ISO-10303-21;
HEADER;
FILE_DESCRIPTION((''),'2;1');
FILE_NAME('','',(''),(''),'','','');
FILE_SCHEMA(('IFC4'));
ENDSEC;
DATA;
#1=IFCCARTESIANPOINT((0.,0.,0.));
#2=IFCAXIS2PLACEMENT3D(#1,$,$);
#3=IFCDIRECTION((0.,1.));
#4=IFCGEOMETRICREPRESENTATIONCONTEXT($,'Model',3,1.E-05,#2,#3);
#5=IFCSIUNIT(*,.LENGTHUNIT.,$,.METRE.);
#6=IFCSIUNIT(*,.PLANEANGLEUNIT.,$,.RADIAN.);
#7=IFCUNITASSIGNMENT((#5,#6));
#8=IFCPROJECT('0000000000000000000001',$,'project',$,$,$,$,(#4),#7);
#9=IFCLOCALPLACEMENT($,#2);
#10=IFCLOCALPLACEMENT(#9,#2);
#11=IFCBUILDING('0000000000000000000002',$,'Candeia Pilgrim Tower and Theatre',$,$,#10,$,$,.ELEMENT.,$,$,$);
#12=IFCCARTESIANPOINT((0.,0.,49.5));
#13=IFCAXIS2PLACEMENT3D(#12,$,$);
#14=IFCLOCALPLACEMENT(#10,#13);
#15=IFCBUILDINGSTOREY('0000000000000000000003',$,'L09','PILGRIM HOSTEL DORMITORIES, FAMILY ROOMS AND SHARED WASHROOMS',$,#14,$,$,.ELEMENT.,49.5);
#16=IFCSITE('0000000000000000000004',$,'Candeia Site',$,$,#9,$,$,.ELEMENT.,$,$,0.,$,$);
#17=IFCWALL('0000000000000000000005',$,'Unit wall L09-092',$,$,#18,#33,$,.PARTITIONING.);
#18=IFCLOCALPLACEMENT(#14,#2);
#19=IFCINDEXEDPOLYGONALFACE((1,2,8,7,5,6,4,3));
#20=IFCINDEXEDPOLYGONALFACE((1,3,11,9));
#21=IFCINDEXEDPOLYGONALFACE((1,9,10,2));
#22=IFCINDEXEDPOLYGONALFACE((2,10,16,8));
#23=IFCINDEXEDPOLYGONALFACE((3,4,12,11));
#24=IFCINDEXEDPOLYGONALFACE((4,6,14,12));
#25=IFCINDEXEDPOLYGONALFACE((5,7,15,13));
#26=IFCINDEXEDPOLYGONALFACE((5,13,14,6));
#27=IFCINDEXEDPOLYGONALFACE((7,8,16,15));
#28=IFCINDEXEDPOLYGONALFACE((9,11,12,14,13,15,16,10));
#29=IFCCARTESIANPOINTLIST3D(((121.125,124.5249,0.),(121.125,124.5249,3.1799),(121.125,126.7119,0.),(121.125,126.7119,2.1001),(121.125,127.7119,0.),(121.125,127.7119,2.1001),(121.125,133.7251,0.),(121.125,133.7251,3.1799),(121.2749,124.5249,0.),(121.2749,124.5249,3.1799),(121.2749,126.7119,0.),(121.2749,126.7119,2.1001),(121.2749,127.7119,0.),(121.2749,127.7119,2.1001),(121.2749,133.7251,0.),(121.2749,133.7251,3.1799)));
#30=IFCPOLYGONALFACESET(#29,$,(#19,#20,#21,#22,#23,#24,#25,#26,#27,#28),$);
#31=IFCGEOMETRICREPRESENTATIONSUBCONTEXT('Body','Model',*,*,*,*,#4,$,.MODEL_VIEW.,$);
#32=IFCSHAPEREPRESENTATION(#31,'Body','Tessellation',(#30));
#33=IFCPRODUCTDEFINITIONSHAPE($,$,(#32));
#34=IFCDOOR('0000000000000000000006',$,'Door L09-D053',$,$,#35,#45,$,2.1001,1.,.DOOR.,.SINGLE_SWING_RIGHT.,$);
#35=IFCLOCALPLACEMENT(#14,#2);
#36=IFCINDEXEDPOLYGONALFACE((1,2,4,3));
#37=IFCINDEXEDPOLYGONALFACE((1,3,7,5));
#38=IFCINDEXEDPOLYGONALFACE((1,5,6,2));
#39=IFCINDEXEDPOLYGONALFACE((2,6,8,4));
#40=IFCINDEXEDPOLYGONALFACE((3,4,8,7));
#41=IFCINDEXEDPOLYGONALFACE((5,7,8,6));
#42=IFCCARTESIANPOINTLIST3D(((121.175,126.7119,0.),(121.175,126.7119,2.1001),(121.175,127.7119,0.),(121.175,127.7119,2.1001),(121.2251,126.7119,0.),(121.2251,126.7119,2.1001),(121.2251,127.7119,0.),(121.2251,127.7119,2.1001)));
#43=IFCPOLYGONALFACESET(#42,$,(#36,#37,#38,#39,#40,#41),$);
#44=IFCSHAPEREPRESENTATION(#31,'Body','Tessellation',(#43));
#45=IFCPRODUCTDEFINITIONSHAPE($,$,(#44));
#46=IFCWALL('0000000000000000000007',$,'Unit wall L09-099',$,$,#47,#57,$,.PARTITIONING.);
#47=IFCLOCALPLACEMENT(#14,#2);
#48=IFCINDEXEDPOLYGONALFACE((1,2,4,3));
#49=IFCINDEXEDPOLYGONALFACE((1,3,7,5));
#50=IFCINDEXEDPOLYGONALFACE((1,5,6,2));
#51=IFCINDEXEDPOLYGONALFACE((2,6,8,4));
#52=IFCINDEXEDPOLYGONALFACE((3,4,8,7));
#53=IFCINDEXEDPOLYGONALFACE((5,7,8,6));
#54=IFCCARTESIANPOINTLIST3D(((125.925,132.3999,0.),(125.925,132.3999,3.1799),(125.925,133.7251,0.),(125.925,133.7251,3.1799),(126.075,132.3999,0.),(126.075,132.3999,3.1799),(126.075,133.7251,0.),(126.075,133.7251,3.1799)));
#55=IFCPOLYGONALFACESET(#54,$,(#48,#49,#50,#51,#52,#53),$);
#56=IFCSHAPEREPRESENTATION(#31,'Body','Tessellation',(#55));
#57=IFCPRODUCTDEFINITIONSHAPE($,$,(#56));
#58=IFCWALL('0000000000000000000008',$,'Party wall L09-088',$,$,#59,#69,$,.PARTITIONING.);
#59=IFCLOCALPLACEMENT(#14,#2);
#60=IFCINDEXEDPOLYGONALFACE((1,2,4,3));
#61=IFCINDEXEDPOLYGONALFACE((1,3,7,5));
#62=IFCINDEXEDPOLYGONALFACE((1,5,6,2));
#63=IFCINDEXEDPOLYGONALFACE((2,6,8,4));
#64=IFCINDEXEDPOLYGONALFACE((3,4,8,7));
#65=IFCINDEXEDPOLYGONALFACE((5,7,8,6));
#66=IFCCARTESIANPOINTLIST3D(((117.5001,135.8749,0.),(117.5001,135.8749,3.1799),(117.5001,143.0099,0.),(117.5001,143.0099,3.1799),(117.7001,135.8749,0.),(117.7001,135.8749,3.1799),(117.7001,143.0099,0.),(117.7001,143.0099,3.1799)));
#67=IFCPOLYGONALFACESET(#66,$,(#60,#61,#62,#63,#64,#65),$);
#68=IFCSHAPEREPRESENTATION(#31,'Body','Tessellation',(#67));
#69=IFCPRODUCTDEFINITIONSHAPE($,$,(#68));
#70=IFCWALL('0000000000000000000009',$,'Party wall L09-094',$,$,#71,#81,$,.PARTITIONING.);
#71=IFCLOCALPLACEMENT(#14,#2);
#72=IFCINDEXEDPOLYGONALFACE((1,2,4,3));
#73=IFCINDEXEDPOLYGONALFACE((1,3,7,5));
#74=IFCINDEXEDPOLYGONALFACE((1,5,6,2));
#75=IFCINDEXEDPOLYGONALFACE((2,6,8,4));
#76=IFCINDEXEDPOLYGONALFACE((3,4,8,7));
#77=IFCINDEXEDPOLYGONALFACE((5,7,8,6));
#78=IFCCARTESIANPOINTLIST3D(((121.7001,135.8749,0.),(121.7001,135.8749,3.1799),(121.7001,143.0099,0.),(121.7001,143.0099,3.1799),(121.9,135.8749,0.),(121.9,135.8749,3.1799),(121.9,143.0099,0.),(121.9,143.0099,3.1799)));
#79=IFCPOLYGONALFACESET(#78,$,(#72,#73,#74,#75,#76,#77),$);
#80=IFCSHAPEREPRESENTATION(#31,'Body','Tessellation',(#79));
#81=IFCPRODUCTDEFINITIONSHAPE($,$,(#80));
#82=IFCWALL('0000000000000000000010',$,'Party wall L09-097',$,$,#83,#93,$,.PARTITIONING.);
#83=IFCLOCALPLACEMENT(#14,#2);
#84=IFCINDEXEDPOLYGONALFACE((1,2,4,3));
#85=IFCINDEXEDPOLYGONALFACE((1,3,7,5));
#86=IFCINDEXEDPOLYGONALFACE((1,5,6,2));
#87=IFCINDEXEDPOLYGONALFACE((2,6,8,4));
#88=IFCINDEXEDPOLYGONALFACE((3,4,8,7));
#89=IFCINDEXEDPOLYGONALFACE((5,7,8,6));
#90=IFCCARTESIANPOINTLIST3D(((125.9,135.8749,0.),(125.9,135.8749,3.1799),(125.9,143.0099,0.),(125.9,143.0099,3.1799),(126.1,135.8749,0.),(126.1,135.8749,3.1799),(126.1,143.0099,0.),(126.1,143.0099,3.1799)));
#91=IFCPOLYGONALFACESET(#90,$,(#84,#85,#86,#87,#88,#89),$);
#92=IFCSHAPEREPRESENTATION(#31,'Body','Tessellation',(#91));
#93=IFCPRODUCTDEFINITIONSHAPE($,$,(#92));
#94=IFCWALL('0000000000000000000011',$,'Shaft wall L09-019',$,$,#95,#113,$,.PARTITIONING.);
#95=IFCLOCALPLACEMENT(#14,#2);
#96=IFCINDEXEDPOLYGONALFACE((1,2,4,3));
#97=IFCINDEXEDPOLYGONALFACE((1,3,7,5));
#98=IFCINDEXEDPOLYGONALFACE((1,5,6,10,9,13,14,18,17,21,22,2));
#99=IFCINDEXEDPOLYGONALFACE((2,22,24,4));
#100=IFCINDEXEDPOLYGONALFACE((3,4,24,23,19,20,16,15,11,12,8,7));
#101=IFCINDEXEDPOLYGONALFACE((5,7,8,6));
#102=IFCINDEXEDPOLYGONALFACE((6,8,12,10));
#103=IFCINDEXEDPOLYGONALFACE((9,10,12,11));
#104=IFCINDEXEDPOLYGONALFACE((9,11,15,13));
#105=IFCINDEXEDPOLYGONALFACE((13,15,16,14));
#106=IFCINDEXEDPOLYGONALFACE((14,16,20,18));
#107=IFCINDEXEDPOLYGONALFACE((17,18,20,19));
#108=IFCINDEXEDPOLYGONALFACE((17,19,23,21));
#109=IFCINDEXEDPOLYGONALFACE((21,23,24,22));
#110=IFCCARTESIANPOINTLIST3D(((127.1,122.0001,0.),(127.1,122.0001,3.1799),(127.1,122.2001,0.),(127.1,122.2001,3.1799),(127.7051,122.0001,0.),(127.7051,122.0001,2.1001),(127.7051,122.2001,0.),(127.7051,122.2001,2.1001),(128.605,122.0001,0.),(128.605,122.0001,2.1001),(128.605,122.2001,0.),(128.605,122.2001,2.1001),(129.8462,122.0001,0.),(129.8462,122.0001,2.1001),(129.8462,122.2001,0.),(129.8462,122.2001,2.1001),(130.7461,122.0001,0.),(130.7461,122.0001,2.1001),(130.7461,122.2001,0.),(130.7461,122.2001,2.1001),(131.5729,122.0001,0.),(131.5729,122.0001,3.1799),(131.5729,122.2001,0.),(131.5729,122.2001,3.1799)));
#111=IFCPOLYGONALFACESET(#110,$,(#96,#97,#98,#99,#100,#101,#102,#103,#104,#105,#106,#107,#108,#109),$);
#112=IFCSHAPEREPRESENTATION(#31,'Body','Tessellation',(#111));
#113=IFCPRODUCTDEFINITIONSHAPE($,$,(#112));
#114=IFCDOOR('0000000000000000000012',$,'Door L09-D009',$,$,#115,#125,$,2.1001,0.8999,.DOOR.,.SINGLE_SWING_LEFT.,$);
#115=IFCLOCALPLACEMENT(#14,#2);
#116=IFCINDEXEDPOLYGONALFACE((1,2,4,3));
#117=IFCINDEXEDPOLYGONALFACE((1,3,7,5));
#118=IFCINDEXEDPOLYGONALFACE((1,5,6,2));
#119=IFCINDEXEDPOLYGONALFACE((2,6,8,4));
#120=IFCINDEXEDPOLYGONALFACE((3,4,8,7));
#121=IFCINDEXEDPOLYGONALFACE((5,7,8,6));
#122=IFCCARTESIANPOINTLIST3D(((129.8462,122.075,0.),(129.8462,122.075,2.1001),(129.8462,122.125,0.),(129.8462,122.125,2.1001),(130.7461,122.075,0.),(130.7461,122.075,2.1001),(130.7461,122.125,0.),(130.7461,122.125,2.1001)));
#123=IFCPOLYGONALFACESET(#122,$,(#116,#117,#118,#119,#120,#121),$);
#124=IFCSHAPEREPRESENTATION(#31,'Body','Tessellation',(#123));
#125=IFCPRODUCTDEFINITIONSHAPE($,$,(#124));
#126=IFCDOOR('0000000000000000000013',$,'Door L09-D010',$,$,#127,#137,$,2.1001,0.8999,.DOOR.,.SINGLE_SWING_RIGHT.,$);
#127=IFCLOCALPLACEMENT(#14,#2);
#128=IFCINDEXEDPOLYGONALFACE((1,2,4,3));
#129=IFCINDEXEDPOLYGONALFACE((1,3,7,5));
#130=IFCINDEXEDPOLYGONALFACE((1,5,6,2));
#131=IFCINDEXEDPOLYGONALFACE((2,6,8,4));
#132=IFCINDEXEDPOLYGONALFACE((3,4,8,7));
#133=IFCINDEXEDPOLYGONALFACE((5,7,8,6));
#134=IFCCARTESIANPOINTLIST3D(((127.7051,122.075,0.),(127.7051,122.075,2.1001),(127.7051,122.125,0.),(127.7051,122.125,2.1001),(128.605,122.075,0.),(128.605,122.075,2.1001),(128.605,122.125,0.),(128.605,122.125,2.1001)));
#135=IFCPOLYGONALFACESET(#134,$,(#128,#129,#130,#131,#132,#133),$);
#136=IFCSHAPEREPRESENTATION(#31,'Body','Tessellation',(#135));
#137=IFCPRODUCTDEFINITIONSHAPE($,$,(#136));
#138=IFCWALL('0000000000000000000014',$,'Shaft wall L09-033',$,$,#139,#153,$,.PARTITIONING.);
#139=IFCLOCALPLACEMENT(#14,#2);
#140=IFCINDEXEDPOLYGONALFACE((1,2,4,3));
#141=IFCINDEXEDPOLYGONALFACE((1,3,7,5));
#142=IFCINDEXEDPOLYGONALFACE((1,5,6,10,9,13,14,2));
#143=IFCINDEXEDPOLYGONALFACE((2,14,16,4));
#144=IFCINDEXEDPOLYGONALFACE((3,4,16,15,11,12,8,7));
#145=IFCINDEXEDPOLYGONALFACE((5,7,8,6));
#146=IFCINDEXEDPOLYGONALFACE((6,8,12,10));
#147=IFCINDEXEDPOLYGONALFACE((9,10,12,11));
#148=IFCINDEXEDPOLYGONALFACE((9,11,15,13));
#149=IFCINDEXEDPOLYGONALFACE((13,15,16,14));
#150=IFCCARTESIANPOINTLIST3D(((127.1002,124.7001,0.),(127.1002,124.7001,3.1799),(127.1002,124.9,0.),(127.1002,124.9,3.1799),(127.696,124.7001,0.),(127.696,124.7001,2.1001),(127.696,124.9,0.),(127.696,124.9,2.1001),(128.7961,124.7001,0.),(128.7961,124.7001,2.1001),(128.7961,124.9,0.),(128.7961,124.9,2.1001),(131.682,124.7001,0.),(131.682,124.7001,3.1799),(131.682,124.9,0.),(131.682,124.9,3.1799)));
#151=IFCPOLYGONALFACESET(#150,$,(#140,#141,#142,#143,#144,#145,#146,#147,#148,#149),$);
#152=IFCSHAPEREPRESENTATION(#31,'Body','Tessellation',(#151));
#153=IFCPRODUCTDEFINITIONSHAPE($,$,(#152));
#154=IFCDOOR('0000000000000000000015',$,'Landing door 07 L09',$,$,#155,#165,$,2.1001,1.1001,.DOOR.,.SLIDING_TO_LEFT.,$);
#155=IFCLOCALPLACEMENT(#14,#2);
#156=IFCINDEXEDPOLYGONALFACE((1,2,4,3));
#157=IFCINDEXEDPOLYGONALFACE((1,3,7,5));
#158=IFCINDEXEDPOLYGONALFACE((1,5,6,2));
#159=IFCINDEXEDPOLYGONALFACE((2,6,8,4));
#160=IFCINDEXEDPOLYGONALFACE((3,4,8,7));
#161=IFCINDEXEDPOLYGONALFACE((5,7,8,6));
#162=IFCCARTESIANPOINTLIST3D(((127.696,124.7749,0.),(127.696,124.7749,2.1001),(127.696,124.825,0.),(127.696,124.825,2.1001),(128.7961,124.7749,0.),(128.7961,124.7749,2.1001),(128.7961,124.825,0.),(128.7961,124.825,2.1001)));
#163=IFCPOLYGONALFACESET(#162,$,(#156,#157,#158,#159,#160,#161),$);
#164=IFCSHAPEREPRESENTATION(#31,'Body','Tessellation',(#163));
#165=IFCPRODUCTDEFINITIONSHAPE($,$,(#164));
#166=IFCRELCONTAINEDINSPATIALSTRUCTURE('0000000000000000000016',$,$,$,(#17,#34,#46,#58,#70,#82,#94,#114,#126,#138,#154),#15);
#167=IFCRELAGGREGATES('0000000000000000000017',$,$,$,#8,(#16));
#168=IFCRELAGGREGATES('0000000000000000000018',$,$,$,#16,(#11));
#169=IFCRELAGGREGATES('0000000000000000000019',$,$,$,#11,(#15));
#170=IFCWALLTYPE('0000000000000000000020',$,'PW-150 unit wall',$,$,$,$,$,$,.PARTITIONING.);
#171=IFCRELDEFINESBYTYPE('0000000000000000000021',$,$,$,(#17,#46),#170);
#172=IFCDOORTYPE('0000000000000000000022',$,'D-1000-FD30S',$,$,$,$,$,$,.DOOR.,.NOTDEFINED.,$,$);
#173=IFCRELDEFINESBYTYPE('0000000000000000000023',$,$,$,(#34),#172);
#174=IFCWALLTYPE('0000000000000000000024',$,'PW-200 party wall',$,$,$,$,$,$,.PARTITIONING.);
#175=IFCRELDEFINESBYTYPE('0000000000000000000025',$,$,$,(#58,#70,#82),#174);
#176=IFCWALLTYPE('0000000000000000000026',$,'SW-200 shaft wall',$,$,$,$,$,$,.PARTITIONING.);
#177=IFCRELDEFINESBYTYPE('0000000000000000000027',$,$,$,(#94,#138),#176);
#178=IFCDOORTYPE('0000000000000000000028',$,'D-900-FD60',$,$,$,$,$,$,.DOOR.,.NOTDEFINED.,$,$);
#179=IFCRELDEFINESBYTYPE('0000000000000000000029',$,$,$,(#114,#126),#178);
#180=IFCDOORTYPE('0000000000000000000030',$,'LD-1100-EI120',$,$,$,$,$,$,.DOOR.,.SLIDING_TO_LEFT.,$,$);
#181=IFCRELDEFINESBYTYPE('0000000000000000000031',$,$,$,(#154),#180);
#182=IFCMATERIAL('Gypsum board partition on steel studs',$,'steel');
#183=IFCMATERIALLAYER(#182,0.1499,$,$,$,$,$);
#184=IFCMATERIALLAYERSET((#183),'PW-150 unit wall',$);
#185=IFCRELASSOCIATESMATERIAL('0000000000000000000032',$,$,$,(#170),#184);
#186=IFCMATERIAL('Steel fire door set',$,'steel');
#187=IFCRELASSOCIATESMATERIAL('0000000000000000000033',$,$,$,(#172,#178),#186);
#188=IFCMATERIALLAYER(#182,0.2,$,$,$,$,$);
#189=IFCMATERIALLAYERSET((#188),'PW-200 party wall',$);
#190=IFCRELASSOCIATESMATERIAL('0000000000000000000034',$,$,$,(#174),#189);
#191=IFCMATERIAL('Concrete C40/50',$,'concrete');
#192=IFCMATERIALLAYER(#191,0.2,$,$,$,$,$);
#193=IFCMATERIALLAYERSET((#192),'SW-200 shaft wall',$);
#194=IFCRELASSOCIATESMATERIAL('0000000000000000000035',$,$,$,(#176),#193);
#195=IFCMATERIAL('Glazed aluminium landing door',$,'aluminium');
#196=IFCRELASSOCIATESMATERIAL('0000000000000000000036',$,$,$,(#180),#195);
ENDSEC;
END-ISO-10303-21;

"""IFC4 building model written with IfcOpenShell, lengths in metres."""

from ifc_helpers import new_model, si_unit, direction, frame, frame_2d, origin, place, context, subcontext, project, spatial, rectangle, extrude, material, layer, layer_set, type_object, element, fill, save


model = new_model("IFC4")

# Units and contexts
model_context = context("Model", 3, precision=1e-05, world=origin(), true_north=direction((0.0, 1.0)))
body_context = subcontext(model_context, "Body", "Model", "MODEL_VIEW")
ifc_project = project(units=[si_unit("LENGTHUNIT", "METRE"), si_unit("PLANEANGLEUNIT", "RADIAN")], contexts=[model_context])

# Site, building, storey
site_placement = place(None, origin())
site = spatial("IfcSite", under=ifc_project, at=site_placement, Name="Candeia Site", CompositionType="ELEMENT", RefElevation=0.0)
building_placement = place(site_placement, origin())
building = spatial("IfcBuilding", under=site, at=building_placement, Name="Candeia Pilgrim Tower and Theatre", CompositionType="ELEMENT")
storey_placement = place(building_placement, frame((0.0, 0.0, 49.5)))
storey = spatial("IfcBuildingStorey", under=building, at=storey_placement, Name="L09", Description="PILGRIM HOSTEL DORMITORIES, FAMILY ROOMS AND SHARED WASHROOMS", CompositionType="ELEMENT", Elevation=49.5)

# Shared definitions
ifc_material_1 = material(Name="Steel fire door set", Category="steel")
ifc_material_2 = material(Name="Gypsum board partition on steel studs", Category="steel")

# Shared definitions
ifc_layer_1 = layer(ifc_material_2, 0.1499)
ifc_layer_set_1 = layer_set([ifc_layer_1], Name="PW-150 unit wall")
wall_type_1 = type_object("IfcWallType", Name="PW-150 unit wall", PredefinedType="PARTITIONING", material=ifc_layer_set_1)

# Wall, opening, door
wall_1_placement = place(storey_placement, frame((121.2, 124.5249, 0.0), z_axis=(0.0, 0.0, 1.0), x_axis=(0.0, 1.0, 0.0)))
wall_1 = element("IfcWall", 1, at=wall_1_placement, inside=storey, type_object=wall_type_1, Name="Unit wall L09-092", PredefinedType="PARTITIONING", context=body_context, shape_type="SweptSolid", body=[
    extrude(rectangle(XDim=9.2002, YDim=0.1499, at=frame_2d((4.6001, 0.0))), origin(), (0.0, 0.0, 1.0), 3.1799),
])
opening_1_placement = place(wall_1_placement, frame((2.187, 0.0, 0.0)))
opening_1 = element("IfcOpeningElement", 2, at=opening_1_placement, cuts=wall_1, PredefinedType="OPENING", context=body_context, shape_type="SweptSolid", body=[
    extrude(rectangle(XDim=1.0, YDim=2.1001, at=frame_2d((0.5, 1.05))), frame((0.0, 0.085, 0.0), z_axis=(0.0, -1.0, 0.0), x_axis=(1.0, 0.0, 0.0)), (0.0, 0.0, 1.0), 0.1699),
])
door_type_1 = type_object("IfcDoorType", Name="D-1000-FD30S", OperationType="NOTDEFINED", PredefinedType="DOOR", material=ifc_material_1)
door_1_placement = place(opening_1_placement, origin())
door_1 = element("IfcDoor", 3, at=door_1_placement, inside=storey, type_object=door_type_1, Name="Door L09-D053", OperationType="SINGLE_SWING_RIGHT", OverallHeight=2.1001, OverallWidth=1.0, PredefinedType="DOOR", context=body_context, shape_type="SweptSolid", body=[
    extrude(rectangle(XDim=1.0, YDim=2.1001, at=frame_2d((0.5, 1.05))), frame((0.0, 0.0249, 0.0), z_axis=(0.0, -1.0, 0.0), x_axis=(1.0, 0.0, 0.0)), (0.0, 0.0, 1.0), 0.05),
])
fill(opening_1, door_1)

# Walls
wall_2_placement = place(storey_placement, frame((126.0, 132.3999, 0.0), z_axis=(0.0, 0.0, 1.0), x_axis=(0.0, 1.0, 0.0)))
element("IfcWall", 4, at=wall_2_placement, inside=storey, type_object=wall_type_1, Name="Unit wall L09-099", PredefinedType="PARTITIONING", context=body_context, shape_type="SweptSolid", body=[
    extrude(rectangle(XDim=1.3252, YDim=0.1499, at=frame_2d((0.6626, 0.0))), origin(), (0.0, 0.0, 1.0), 3.1799),
])
ifc_layer_2 = layer(ifc_material_2, 0.2)
ifc_layer_set_2 = layer_set([ifc_layer_2], Name="PW-200 party wall")
wall_type_2 = type_object("IfcWallType", Name="PW-200 party wall", PredefinedType="PARTITIONING", material=ifc_layer_set_2)
for number, where, z_axis, x_axis, name in (
    (5, (117.6001, 135.875, 0.0), (0.0, 0.0, 1.0), (0.0, 1.0, 0.0), "Party wall L09-088"),
    (6, (121.8, 135.875, 0.0), (0.0, 0.0, 1.0), (0.0, 1.0, 0.0), "Party wall L09-094"),
    (7, (126.0, 135.875, 0.0), (0.0, 0.0, 1.0), (0.0, 1.0, 0.0), "Party wall L09-097"),
):
    element("IfcWall", number, at=place(storey_placement, frame(where, z_axis=z_axis, x_axis=x_axis)), inside=storey, type_object=wall_type_2, Name=name, PredefinedType="PARTITIONING", context=body_context, shape_type="SweptSolid", body=[
        extrude(rectangle(XDim=7.135, YDim=0.2, at=frame_2d((3.5674, 0.0))), origin(), (0.0, 0.0, 1.0), 3.1799),
    ])

# Wall, openings, doors
ifc_material_3 = material(Name="Concrete C40/50", Category="concrete")
ifc_layer_3 = layer(ifc_material_3, 0.2)
ifc_layer_set_3 = layer_set([ifc_layer_3], Name="SW-200 shaft wall")
wall_type_3 = type_object("IfcWallType", Name="SW-200 shaft wall", PredefinedType="PARTITIONING", material=ifc_layer_set_3)
wall_3_placement = place(storey_placement, frame((127.1001, 122.1001, 0.0), z_axis=(0.0, 0.0, 1.0), x_axis=(1.0, 0.0, 0.0)))
wall_3 = element("IfcWall", 8, at=wall_3_placement, inside=storey, type_object=wall_type_3, Name="Shaft wall L09-019", PredefinedType="PARTITIONING", context=body_context, shape_type="SweptSolid", body=[
    extrude(rectangle(XDim=4.4729, YDim=0.2, at=frame_2d((2.2363, 0.0))), origin(), (0.0, 0.0, 1.0), 3.1799),
])
opening_2_placement = place(wall_3_placement, frame((2.7461, 0.0, 0.0)))
opening_2 = element("IfcOpeningElement", 9, at=opening_2_placement, cuts=wall_3, PredefinedType="OPENING", context=body_context, shape_type="SweptSolid", body=[
    extrude(rectangle(XDim=0.8999, YDim=2.1001, at=frame_2d((0.45, 1.05))), frame((0.0, 0.1099, 0.0), z_axis=(0.0, -1.0, 0.0), x_axis=(1.0, 0.0, 0.0)), (0.0, 0.0, 1.0), 0.22),
])
opening_3_placement = place(wall_3_placement, frame((0.605, 0.0, 0.0)))
opening_3 = element("IfcOpeningElement", 10, at=opening_3_placement, cuts=wall_3, PredefinedType="OPENING", context=body_context, shape_type="SweptSolid", body=[
    extrude(rectangle(XDim=0.8999, YDim=2.1001, at=frame_2d((0.45, 1.05))), frame((0.0, 0.1099, 0.0), z_axis=(0.0, -1.0, 0.0), x_axis=(1.0, 0.0, 0.0)), (0.0, 0.0, 1.0), 0.22),
])
door_type_2 = type_object("IfcDoorType", Name="D-900-FD60", OperationType="NOTDEFINED", PredefinedType="DOOR", material=ifc_material_1)
door_2_placement = place(opening_2_placement, origin())
door_2 = element("IfcDoor", 11, at=door_2_placement, inside=storey, type_object=door_type_2, Name="Door L09-D009", OperationType="SINGLE_SWING_LEFT", OverallHeight=2.1001, OverallWidth=0.8999, PredefinedType="DOOR", context=body_context, shape_type="SweptSolid", body=[
    extrude(rectangle(XDim=0.8999, YDim=2.1001, at=frame_2d((0.45, 1.05))), frame((0.0, 0.0249, 0.0), z_axis=(0.0, -1.0, 0.0), x_axis=(1.0, 0.0, 0.0)), (0.0, 0.0, 1.0), 0.05),
])
fill(opening_2, door_2)
door_3_placement = place(opening_3_placement, origin())
door_3 = element("IfcDoor", 12, at=door_3_placement, inside=storey, type_object=door_type_2, Name="Door L09-D010", OperationType="SINGLE_SWING_RIGHT", OverallHeight=2.1001, OverallWidth=0.8999, PredefinedType="DOOR", context=body_context, shape_type="SweptSolid", body=[
    extrude(rectangle(XDim=0.8999, YDim=2.1001, at=frame_2d((0.45, 1.05))), frame((0.0, 0.0249, 0.0), z_axis=(0.0, -1.0, 0.0), x_axis=(1.0, 0.0, 0.0)), (0.0, 0.0, 1.0), 0.05),
])
fill(opening_3, door_3)

# Wall, opening, door
wall_4_placement = place(storey_placement, frame((127.1001, 124.8, 0.0), z_axis=(0.0, 0.0, 1.0), x_axis=(1.0, 0.0, 0.0)))
wall_4 = element("IfcWall", 13, at=wall_4_placement, inside=storey, type_object=wall_type_3, Name="Shaft wall L09-033", PredefinedType="PARTITIONING", context=body_context, shape_type="SweptSolid", body=[
    extrude(rectangle(XDim=4.5818, YDim=0.2, at=frame_2d((2.291, 0.0))), origin(), (0.0, 0.0, 1.0), 3.1799),
])
opening_4_placement = place(wall_4_placement, frame((0.5959, 0.0, 0.0)))
opening_4 = element("IfcOpeningElement", 14, at=opening_4_placement, cuts=wall_4, PredefinedType="OPENING", context=body_context, shape_type="SweptSolid", body=[
    extrude(rectangle(XDim=1.1001, YDim=2.1001, at=frame_2d((0.55, 1.05))), frame((0.0, 0.1099, 0.0), z_axis=(0.0, -1.0, 0.0), x_axis=(1.0, 0.0, 0.0)), (0.0, 0.0, 1.0), 0.22),
])
ifc_material_4 = material(Name="Glazed aluminium landing door", Category="aluminium")
door_type_3 = type_object("IfcDoorType", Name="LD-1100-EI120", OperationType="SLIDING_TO_LEFT", PredefinedType="DOOR", material=ifc_material_4)
door_4_placement = place(opening_4_placement, origin())
door_4 = element("IfcDoor", 15, at=door_4_placement, inside=storey, type_object=door_type_3, Name="Landing door 07 L09", OperationType="SLIDING_TO_LEFT", OverallHeight=2.1001, OverallWidth=1.1001, PredefinedType="DOOR", context=body_context, shape_type="SweptSolid", body=[
    extrude(rectangle(XDim=1.1001, YDim=2.1001, at=frame_2d((0.55, 1.05))), frame((0.0, 0.0249, 0.0), z_axis=(0.0, -1.0, 0.0), x_axis=(1.0, 0.0, 0.0)), (0.0, 0.0, 1.0), 0.05),
])
fill(opening_4, door_4)

save(model, "model.ifc")
